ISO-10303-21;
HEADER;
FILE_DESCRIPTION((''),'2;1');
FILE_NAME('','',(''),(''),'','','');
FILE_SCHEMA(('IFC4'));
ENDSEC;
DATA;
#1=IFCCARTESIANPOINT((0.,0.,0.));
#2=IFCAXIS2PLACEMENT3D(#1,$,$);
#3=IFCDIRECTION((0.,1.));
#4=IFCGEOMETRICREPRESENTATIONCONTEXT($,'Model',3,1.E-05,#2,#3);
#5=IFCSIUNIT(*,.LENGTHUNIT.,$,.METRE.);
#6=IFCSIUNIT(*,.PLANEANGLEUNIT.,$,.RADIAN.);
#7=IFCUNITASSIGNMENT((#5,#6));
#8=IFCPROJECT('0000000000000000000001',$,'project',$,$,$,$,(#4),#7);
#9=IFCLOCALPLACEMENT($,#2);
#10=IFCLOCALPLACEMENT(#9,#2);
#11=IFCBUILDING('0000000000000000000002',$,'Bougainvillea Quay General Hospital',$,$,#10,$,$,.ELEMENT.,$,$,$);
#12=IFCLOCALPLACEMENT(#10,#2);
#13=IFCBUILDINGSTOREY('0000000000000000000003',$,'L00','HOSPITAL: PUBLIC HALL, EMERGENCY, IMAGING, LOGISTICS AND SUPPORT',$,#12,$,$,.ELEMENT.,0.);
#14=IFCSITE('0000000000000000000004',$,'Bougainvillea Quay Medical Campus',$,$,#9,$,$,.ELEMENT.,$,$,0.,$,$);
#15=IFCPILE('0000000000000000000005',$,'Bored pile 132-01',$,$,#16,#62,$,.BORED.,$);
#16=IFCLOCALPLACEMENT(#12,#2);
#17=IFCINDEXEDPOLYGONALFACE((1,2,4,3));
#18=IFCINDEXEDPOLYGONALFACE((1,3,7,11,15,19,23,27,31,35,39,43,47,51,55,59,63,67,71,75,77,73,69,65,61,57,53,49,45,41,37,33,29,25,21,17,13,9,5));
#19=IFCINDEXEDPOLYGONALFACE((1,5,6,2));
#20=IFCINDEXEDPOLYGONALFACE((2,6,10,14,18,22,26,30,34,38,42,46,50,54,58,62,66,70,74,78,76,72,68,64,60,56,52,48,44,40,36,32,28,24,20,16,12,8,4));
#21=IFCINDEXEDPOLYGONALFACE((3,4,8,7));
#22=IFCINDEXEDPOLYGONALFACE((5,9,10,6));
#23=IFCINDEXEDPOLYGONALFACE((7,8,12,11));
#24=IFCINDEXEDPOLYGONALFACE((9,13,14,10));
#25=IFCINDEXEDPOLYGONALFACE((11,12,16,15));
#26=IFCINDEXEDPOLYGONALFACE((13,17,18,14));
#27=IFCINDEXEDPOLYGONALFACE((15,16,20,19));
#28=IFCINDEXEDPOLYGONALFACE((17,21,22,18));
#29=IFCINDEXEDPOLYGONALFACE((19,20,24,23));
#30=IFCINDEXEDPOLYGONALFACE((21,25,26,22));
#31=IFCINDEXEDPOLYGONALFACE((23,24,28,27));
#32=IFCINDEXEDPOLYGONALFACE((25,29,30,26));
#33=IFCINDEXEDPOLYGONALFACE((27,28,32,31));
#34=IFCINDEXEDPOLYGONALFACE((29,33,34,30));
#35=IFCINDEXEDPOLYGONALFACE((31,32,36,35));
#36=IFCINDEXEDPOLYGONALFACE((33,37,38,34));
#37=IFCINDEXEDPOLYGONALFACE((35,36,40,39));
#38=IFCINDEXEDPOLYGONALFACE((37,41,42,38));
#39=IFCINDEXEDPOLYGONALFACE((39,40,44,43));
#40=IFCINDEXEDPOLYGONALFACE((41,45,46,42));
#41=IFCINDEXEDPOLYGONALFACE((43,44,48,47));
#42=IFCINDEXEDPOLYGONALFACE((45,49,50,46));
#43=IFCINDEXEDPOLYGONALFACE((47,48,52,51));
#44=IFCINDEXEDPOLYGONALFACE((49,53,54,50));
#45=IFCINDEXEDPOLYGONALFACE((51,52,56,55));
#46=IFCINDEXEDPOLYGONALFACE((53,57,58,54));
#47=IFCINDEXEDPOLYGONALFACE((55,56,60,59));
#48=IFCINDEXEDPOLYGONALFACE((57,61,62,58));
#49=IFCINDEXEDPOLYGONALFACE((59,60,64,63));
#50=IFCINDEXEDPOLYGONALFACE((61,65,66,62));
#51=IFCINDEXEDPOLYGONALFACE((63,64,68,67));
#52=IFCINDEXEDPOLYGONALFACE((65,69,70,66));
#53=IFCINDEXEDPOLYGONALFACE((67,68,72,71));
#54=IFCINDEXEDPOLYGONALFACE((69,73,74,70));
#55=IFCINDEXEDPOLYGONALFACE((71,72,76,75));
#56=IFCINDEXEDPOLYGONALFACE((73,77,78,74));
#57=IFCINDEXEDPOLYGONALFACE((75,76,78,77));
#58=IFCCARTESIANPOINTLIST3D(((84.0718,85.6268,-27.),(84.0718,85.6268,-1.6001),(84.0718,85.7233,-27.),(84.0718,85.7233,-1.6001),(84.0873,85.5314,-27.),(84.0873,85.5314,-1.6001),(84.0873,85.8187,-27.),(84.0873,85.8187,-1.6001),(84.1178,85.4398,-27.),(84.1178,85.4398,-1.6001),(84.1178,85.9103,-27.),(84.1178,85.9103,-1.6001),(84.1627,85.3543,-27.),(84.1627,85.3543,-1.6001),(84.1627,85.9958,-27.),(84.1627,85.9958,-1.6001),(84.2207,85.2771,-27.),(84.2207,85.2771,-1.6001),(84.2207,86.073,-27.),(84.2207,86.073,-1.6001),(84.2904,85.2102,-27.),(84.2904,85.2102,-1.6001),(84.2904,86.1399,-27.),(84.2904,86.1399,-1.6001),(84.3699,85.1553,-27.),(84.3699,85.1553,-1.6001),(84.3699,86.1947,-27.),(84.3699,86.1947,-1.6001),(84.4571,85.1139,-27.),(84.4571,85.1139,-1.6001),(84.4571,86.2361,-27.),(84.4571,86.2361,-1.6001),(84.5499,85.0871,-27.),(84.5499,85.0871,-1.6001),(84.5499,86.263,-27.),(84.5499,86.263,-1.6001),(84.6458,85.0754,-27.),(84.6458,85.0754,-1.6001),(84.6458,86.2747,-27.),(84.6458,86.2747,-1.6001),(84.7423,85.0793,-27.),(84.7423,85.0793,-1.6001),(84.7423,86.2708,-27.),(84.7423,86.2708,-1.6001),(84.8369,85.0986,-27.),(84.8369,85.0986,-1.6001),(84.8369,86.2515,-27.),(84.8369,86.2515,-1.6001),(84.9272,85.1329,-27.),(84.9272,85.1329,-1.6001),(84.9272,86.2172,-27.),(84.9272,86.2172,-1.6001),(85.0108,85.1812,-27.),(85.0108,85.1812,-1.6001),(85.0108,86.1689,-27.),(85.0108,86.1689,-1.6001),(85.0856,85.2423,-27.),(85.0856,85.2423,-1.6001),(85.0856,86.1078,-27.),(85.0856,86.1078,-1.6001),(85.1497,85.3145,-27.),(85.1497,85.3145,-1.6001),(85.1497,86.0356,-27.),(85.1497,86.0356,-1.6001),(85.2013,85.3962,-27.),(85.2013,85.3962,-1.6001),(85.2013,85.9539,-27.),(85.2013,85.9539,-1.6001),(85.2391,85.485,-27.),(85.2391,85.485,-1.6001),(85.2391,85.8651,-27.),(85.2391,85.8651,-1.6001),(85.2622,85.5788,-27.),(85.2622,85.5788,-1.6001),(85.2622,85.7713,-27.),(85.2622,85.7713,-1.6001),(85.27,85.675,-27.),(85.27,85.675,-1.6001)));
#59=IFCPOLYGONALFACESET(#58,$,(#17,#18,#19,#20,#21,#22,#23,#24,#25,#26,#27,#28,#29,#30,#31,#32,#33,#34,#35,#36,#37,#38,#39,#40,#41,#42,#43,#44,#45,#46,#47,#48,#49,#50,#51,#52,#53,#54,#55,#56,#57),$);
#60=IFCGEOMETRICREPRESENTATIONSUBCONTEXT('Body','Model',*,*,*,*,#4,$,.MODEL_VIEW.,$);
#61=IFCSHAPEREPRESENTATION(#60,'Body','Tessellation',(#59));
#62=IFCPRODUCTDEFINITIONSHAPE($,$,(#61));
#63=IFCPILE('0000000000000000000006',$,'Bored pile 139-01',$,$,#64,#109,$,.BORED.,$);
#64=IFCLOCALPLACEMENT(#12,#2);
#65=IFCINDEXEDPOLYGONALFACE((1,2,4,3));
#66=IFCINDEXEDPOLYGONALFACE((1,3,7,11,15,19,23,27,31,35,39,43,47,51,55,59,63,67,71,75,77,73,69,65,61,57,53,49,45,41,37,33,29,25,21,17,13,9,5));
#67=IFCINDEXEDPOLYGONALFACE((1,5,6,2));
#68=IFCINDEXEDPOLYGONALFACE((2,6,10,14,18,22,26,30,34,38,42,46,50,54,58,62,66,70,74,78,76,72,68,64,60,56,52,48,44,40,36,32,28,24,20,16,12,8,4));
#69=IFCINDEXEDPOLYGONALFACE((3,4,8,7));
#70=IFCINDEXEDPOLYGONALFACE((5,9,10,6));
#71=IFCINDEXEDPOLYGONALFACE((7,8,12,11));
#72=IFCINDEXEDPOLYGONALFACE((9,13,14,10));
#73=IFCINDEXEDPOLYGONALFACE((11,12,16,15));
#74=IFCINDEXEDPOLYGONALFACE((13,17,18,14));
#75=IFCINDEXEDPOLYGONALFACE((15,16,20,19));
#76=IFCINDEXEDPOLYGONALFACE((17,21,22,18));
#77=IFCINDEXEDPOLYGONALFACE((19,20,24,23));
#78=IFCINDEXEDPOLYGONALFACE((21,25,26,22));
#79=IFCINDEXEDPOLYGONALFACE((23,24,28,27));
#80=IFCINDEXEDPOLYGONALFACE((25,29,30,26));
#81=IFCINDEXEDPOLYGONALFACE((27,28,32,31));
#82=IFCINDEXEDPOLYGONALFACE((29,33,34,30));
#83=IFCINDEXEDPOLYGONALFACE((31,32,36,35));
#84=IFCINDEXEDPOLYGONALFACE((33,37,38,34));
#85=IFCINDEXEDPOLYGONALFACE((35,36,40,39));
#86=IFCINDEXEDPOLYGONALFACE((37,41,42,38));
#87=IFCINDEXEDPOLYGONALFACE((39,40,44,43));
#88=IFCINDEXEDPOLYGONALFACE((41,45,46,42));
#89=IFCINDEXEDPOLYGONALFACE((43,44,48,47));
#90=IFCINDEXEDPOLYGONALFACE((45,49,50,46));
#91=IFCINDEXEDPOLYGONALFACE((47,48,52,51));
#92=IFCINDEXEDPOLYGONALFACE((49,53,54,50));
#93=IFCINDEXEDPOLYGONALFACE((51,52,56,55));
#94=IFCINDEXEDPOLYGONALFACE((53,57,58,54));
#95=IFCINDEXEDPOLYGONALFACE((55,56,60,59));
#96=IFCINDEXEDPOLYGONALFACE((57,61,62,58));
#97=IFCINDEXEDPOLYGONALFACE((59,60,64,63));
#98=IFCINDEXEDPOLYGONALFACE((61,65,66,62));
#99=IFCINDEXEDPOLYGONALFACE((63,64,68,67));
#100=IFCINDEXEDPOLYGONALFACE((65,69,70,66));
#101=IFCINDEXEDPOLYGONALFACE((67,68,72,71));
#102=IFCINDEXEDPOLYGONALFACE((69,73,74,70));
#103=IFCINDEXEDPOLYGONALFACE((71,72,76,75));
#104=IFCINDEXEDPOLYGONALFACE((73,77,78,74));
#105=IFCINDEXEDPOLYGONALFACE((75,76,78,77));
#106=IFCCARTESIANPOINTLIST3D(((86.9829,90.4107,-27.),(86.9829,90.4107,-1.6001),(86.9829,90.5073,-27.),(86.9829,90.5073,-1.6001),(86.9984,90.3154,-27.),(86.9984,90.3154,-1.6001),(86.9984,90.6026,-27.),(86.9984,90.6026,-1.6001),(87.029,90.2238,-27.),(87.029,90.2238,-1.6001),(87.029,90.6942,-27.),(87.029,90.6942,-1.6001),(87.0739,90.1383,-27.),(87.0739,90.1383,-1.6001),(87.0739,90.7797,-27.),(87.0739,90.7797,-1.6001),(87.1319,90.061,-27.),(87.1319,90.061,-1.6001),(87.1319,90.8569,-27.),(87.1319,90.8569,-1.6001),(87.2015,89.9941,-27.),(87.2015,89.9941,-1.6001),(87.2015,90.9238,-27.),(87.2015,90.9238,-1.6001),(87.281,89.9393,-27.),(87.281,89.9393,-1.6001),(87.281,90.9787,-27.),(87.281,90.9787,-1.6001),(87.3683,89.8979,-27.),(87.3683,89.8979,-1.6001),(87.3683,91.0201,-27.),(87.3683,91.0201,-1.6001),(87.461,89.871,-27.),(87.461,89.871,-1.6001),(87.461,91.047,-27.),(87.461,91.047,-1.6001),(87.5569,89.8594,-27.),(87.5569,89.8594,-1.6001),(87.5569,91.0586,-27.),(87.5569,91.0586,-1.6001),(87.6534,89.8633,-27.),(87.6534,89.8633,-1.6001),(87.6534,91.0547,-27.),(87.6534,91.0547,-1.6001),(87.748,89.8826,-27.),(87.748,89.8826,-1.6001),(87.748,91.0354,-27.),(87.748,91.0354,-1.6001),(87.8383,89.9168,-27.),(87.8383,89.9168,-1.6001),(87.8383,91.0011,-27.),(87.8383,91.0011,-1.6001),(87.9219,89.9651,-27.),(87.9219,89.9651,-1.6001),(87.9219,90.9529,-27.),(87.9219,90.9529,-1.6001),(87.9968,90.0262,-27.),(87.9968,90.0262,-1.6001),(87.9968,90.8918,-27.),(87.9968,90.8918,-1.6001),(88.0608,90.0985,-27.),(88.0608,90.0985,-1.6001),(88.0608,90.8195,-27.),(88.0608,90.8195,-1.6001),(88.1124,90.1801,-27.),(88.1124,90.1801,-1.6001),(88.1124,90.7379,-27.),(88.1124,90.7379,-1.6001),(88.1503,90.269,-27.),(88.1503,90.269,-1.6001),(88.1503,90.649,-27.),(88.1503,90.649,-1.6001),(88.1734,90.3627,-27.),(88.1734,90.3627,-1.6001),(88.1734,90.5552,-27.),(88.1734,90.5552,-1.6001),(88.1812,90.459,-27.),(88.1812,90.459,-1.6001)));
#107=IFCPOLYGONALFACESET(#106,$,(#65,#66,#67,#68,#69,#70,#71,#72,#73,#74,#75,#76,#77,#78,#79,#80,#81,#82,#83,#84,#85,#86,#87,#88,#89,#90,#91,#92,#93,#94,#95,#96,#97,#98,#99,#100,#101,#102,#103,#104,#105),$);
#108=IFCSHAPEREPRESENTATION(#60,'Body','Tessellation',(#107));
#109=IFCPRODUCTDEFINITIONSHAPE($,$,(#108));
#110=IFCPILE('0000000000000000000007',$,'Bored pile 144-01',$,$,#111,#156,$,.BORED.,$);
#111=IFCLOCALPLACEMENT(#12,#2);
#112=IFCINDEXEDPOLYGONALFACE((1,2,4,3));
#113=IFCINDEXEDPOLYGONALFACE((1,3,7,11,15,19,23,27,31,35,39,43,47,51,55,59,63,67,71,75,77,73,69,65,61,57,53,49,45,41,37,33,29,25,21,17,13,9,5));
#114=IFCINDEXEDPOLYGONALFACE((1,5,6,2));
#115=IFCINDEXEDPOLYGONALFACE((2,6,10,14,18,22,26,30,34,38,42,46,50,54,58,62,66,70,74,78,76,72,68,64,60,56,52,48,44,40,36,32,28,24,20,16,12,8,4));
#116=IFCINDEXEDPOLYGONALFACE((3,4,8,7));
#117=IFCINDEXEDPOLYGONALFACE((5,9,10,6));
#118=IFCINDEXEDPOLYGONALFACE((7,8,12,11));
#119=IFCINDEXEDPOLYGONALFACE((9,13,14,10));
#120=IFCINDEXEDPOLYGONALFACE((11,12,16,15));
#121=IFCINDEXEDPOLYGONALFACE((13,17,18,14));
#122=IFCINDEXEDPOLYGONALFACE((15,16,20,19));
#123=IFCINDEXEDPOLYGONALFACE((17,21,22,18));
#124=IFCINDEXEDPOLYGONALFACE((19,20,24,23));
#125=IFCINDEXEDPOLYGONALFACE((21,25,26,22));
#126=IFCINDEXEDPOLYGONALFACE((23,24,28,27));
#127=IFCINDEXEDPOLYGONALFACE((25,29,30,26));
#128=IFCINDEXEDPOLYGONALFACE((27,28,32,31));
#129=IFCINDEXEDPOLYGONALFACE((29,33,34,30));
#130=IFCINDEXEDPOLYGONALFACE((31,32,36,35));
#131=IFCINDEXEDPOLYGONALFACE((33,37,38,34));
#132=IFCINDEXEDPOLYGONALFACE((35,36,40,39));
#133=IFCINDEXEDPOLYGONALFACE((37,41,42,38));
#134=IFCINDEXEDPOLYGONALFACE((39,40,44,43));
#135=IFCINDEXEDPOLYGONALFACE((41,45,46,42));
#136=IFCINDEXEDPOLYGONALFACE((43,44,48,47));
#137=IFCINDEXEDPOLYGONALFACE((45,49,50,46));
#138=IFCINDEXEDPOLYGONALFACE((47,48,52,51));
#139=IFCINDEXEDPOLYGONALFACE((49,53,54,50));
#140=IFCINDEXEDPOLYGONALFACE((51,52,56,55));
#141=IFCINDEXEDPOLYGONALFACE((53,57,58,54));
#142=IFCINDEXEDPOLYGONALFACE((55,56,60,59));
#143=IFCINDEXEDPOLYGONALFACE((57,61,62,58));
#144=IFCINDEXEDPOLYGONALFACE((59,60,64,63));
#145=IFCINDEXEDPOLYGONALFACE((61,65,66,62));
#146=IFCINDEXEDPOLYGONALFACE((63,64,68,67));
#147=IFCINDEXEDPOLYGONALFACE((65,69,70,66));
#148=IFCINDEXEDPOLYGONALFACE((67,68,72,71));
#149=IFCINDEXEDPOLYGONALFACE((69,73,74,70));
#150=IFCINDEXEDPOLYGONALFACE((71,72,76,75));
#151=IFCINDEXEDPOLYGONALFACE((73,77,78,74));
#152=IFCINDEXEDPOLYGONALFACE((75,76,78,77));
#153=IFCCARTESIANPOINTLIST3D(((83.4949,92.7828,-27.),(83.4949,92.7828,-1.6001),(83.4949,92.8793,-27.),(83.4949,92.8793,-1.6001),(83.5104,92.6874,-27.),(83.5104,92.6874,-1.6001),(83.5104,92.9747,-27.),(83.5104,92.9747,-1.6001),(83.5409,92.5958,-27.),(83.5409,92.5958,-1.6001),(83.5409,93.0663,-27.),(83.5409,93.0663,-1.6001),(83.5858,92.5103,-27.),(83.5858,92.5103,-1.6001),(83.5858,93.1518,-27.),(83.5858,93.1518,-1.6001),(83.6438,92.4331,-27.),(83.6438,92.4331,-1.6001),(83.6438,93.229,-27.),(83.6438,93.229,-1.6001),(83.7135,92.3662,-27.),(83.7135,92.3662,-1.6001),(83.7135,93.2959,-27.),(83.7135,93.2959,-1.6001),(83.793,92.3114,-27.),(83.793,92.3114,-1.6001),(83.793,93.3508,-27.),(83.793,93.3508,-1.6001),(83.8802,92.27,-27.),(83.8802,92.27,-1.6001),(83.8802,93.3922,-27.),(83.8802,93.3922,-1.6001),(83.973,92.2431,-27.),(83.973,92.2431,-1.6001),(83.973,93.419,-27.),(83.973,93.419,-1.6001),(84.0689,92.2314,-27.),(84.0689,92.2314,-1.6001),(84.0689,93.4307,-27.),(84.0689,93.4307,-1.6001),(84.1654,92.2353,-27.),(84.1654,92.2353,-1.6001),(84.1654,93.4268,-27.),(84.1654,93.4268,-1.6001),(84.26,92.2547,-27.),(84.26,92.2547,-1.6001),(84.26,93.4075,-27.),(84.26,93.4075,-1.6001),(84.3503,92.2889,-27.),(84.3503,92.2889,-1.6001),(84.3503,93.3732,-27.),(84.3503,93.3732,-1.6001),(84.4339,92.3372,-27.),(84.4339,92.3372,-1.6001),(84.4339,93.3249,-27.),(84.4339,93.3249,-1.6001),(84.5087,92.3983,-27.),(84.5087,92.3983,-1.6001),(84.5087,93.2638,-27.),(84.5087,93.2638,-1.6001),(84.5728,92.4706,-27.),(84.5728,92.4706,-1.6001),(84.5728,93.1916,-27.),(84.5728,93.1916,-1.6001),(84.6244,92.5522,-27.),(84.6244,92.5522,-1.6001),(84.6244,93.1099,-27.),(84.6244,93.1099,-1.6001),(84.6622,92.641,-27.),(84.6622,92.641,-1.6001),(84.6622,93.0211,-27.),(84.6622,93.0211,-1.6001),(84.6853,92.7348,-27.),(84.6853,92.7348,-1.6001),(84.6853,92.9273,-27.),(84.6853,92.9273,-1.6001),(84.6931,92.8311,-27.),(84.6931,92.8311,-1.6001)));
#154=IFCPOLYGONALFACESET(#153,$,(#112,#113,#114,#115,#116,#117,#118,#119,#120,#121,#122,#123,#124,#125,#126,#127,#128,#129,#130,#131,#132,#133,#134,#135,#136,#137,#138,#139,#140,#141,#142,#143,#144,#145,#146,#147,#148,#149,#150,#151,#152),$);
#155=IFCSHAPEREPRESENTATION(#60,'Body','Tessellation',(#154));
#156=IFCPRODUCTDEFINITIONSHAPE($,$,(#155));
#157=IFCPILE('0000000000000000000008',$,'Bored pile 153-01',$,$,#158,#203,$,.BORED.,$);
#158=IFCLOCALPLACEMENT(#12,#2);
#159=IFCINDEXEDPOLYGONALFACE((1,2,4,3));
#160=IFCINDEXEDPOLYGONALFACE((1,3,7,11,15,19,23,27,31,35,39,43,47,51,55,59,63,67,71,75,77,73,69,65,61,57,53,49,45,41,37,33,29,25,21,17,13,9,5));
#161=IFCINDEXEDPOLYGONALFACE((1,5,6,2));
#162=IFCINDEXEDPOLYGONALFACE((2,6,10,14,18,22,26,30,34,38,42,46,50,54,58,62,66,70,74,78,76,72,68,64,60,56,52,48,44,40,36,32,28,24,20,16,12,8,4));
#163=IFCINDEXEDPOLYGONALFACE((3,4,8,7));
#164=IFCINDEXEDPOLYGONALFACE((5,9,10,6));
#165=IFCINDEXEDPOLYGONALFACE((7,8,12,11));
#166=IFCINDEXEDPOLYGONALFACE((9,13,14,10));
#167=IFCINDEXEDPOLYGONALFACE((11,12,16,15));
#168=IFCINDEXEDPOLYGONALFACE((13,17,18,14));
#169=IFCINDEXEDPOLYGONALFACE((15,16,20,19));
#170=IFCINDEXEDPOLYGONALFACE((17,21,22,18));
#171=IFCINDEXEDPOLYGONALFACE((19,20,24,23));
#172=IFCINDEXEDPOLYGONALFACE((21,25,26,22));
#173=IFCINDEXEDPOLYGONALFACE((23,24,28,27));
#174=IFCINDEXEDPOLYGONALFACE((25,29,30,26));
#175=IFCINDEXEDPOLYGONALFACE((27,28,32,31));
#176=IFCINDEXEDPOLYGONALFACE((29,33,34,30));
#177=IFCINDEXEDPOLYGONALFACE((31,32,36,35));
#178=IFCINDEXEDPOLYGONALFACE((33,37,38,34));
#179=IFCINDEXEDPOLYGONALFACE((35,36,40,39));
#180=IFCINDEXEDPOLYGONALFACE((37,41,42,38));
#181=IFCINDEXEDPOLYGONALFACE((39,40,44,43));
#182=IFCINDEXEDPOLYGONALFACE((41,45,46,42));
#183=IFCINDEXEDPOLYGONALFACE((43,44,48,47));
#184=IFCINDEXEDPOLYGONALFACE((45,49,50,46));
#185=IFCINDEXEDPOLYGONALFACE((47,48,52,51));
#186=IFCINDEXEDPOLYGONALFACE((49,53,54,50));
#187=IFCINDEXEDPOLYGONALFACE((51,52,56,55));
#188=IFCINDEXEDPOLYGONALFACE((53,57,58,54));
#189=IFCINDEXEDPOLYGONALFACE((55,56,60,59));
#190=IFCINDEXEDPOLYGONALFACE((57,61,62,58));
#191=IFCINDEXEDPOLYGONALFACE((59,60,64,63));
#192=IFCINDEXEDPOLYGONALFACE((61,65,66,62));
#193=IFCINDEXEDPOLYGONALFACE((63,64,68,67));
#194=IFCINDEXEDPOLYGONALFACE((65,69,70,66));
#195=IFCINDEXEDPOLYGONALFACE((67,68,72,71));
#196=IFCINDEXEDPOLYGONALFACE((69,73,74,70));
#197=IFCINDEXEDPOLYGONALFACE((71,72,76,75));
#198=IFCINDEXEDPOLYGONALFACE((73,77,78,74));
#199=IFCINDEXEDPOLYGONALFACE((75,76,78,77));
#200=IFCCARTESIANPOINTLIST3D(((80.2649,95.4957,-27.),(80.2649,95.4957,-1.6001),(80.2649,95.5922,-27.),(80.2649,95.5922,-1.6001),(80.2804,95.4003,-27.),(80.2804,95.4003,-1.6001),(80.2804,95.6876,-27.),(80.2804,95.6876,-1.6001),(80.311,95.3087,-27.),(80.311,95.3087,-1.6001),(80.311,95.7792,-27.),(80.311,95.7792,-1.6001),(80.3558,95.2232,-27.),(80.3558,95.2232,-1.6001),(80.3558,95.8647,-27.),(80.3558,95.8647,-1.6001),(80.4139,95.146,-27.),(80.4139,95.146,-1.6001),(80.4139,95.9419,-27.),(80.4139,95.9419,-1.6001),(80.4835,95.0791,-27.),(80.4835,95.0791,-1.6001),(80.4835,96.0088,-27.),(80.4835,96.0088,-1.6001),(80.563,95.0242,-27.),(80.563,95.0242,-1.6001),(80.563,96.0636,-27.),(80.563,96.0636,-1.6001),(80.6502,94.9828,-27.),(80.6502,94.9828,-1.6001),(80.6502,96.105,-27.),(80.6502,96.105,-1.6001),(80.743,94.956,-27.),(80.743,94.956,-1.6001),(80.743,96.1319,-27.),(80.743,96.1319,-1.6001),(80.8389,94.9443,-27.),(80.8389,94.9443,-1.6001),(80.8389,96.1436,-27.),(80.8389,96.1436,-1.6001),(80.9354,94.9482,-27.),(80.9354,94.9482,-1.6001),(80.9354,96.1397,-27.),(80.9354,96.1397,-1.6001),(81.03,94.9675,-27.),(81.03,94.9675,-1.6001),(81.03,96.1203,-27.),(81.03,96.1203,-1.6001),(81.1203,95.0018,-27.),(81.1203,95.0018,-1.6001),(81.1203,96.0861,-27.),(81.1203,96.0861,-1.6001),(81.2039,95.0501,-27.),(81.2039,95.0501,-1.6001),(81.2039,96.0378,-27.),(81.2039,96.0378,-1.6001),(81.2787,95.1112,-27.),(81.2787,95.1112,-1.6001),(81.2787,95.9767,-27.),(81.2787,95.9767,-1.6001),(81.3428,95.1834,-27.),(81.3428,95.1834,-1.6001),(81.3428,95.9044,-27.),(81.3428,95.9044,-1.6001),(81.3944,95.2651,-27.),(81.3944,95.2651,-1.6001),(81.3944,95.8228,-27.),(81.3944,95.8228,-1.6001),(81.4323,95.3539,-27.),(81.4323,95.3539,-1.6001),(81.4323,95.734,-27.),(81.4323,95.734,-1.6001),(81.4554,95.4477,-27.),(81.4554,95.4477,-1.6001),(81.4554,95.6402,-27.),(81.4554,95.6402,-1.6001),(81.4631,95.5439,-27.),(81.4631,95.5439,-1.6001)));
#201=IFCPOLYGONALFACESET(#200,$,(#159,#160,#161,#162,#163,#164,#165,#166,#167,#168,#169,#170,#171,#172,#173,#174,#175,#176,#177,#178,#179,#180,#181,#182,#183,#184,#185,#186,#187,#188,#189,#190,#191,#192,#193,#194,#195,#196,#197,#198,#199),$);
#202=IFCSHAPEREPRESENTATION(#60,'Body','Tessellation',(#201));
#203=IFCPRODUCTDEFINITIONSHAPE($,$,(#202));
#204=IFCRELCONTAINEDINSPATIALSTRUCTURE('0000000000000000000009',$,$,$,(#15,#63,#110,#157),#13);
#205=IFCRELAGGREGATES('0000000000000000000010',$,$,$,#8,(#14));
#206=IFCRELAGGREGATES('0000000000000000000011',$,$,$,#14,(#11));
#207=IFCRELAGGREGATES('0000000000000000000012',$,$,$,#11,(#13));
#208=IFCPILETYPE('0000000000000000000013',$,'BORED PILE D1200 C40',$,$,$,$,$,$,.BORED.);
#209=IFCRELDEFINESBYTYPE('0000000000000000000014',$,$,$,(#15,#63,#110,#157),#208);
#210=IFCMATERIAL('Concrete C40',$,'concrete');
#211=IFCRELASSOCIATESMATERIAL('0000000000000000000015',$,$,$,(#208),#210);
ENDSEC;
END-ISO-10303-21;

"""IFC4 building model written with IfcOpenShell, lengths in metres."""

from ifc_helpers import new_model, si_unit, direction, frame, origin, origin_2d, place, context, subcontext, project, spatial, circle, extrude, material, material_profile, profile_set, type_object, element, save


model = new_model("IFC4")

# Units and contexts
model_context = context("Model", 3, precision=1e-05, world=origin(), true_north=direction((0.0, 1.0)))
body_context = subcontext(model_context, "Body", "Model", "MODEL_VIEW")
ifc_project = project(units=[si_unit("LENGTHUNIT", "METRE"), si_unit("PLANEANGLEUNIT", "RADIAN")], contexts=[model_context])

# Site, building, storey
site_placement = place(None, origin())
site = spatial("IfcSite", under=ifc_project, at=site_placement, Name="Bougainvillea Quay Medical Campus", CompositionType="ELEMENT", RefElevation=0.0)
building_placement = place(site_placement, origin())
building = spatial("IfcBuilding", under=site, at=building_placement, Name="Bougainvillea Quay General Hospital", CompositionType="ELEMENT")
storey_placement = place(building_placement, origin())
storey = spatial("IfcBuildingStorey", under=building, at=storey_placement, Name="L00", Description="HOSPITAL: PUBLIC HALL, EMERGENCY, IMAGING, LOGISTICS AND SUPPORT", CompositionType="ELEMENT", Elevation=0.0)

# Piles
ifc_material_1 = material(Name="Concrete C40", Category="concrete")
ifc_material_profile_1 = material_profile(ifc_material_1, circle(Radius=0.6001, at=origin_2d()))
ifc_profile_set_1 = profile_set([ifc_material_profile_1], Name="Concrete C40")
pile_type = type_object("IfcPileType", Name="BORED PILE D1200 C40", PredefinedType="BORED", material=ifc_profile_set_1)
for number, where, z_axis, x_axis, name in (
    (1, (84.6699, 85.675, -1.6001), (0.0, 0.0, -1.0), (1.0, 0.0, 0.0), "Bored pile 132-01"),
    (2, (87.5811, 90.459, -1.6001), (0.0, 0.0, -1.0), (1.0, 0.0, 0.0), "Bored pile 139-01"),
    (3, (84.093, 92.8311, -1.6001), (0.0, 0.0, -1.0), (1.0, 0.0, 0.0), "Bored pile 144-01"),
    (4, (80.863, 95.5439, -1.6001), (0.0, 0.0, -1.0), (1.0, 0.0, 0.0), "Bored pile 153-01"),
):
    element("IfcPile", number, at=place(storey_placement, frame(where, z_axis=z_axis, x_axis=x_axis)), inside=storey, type_object=pile_type, Name=name, PredefinedType="BORED", context=body_context, shape_type="SweptSolid", body=[
        extrude(circle(Radius=0.6001, at=origin_2d()), origin(), (0.0, 0.0, 1.0), 25.3999),
    ])

save(model, "model.ifc")
